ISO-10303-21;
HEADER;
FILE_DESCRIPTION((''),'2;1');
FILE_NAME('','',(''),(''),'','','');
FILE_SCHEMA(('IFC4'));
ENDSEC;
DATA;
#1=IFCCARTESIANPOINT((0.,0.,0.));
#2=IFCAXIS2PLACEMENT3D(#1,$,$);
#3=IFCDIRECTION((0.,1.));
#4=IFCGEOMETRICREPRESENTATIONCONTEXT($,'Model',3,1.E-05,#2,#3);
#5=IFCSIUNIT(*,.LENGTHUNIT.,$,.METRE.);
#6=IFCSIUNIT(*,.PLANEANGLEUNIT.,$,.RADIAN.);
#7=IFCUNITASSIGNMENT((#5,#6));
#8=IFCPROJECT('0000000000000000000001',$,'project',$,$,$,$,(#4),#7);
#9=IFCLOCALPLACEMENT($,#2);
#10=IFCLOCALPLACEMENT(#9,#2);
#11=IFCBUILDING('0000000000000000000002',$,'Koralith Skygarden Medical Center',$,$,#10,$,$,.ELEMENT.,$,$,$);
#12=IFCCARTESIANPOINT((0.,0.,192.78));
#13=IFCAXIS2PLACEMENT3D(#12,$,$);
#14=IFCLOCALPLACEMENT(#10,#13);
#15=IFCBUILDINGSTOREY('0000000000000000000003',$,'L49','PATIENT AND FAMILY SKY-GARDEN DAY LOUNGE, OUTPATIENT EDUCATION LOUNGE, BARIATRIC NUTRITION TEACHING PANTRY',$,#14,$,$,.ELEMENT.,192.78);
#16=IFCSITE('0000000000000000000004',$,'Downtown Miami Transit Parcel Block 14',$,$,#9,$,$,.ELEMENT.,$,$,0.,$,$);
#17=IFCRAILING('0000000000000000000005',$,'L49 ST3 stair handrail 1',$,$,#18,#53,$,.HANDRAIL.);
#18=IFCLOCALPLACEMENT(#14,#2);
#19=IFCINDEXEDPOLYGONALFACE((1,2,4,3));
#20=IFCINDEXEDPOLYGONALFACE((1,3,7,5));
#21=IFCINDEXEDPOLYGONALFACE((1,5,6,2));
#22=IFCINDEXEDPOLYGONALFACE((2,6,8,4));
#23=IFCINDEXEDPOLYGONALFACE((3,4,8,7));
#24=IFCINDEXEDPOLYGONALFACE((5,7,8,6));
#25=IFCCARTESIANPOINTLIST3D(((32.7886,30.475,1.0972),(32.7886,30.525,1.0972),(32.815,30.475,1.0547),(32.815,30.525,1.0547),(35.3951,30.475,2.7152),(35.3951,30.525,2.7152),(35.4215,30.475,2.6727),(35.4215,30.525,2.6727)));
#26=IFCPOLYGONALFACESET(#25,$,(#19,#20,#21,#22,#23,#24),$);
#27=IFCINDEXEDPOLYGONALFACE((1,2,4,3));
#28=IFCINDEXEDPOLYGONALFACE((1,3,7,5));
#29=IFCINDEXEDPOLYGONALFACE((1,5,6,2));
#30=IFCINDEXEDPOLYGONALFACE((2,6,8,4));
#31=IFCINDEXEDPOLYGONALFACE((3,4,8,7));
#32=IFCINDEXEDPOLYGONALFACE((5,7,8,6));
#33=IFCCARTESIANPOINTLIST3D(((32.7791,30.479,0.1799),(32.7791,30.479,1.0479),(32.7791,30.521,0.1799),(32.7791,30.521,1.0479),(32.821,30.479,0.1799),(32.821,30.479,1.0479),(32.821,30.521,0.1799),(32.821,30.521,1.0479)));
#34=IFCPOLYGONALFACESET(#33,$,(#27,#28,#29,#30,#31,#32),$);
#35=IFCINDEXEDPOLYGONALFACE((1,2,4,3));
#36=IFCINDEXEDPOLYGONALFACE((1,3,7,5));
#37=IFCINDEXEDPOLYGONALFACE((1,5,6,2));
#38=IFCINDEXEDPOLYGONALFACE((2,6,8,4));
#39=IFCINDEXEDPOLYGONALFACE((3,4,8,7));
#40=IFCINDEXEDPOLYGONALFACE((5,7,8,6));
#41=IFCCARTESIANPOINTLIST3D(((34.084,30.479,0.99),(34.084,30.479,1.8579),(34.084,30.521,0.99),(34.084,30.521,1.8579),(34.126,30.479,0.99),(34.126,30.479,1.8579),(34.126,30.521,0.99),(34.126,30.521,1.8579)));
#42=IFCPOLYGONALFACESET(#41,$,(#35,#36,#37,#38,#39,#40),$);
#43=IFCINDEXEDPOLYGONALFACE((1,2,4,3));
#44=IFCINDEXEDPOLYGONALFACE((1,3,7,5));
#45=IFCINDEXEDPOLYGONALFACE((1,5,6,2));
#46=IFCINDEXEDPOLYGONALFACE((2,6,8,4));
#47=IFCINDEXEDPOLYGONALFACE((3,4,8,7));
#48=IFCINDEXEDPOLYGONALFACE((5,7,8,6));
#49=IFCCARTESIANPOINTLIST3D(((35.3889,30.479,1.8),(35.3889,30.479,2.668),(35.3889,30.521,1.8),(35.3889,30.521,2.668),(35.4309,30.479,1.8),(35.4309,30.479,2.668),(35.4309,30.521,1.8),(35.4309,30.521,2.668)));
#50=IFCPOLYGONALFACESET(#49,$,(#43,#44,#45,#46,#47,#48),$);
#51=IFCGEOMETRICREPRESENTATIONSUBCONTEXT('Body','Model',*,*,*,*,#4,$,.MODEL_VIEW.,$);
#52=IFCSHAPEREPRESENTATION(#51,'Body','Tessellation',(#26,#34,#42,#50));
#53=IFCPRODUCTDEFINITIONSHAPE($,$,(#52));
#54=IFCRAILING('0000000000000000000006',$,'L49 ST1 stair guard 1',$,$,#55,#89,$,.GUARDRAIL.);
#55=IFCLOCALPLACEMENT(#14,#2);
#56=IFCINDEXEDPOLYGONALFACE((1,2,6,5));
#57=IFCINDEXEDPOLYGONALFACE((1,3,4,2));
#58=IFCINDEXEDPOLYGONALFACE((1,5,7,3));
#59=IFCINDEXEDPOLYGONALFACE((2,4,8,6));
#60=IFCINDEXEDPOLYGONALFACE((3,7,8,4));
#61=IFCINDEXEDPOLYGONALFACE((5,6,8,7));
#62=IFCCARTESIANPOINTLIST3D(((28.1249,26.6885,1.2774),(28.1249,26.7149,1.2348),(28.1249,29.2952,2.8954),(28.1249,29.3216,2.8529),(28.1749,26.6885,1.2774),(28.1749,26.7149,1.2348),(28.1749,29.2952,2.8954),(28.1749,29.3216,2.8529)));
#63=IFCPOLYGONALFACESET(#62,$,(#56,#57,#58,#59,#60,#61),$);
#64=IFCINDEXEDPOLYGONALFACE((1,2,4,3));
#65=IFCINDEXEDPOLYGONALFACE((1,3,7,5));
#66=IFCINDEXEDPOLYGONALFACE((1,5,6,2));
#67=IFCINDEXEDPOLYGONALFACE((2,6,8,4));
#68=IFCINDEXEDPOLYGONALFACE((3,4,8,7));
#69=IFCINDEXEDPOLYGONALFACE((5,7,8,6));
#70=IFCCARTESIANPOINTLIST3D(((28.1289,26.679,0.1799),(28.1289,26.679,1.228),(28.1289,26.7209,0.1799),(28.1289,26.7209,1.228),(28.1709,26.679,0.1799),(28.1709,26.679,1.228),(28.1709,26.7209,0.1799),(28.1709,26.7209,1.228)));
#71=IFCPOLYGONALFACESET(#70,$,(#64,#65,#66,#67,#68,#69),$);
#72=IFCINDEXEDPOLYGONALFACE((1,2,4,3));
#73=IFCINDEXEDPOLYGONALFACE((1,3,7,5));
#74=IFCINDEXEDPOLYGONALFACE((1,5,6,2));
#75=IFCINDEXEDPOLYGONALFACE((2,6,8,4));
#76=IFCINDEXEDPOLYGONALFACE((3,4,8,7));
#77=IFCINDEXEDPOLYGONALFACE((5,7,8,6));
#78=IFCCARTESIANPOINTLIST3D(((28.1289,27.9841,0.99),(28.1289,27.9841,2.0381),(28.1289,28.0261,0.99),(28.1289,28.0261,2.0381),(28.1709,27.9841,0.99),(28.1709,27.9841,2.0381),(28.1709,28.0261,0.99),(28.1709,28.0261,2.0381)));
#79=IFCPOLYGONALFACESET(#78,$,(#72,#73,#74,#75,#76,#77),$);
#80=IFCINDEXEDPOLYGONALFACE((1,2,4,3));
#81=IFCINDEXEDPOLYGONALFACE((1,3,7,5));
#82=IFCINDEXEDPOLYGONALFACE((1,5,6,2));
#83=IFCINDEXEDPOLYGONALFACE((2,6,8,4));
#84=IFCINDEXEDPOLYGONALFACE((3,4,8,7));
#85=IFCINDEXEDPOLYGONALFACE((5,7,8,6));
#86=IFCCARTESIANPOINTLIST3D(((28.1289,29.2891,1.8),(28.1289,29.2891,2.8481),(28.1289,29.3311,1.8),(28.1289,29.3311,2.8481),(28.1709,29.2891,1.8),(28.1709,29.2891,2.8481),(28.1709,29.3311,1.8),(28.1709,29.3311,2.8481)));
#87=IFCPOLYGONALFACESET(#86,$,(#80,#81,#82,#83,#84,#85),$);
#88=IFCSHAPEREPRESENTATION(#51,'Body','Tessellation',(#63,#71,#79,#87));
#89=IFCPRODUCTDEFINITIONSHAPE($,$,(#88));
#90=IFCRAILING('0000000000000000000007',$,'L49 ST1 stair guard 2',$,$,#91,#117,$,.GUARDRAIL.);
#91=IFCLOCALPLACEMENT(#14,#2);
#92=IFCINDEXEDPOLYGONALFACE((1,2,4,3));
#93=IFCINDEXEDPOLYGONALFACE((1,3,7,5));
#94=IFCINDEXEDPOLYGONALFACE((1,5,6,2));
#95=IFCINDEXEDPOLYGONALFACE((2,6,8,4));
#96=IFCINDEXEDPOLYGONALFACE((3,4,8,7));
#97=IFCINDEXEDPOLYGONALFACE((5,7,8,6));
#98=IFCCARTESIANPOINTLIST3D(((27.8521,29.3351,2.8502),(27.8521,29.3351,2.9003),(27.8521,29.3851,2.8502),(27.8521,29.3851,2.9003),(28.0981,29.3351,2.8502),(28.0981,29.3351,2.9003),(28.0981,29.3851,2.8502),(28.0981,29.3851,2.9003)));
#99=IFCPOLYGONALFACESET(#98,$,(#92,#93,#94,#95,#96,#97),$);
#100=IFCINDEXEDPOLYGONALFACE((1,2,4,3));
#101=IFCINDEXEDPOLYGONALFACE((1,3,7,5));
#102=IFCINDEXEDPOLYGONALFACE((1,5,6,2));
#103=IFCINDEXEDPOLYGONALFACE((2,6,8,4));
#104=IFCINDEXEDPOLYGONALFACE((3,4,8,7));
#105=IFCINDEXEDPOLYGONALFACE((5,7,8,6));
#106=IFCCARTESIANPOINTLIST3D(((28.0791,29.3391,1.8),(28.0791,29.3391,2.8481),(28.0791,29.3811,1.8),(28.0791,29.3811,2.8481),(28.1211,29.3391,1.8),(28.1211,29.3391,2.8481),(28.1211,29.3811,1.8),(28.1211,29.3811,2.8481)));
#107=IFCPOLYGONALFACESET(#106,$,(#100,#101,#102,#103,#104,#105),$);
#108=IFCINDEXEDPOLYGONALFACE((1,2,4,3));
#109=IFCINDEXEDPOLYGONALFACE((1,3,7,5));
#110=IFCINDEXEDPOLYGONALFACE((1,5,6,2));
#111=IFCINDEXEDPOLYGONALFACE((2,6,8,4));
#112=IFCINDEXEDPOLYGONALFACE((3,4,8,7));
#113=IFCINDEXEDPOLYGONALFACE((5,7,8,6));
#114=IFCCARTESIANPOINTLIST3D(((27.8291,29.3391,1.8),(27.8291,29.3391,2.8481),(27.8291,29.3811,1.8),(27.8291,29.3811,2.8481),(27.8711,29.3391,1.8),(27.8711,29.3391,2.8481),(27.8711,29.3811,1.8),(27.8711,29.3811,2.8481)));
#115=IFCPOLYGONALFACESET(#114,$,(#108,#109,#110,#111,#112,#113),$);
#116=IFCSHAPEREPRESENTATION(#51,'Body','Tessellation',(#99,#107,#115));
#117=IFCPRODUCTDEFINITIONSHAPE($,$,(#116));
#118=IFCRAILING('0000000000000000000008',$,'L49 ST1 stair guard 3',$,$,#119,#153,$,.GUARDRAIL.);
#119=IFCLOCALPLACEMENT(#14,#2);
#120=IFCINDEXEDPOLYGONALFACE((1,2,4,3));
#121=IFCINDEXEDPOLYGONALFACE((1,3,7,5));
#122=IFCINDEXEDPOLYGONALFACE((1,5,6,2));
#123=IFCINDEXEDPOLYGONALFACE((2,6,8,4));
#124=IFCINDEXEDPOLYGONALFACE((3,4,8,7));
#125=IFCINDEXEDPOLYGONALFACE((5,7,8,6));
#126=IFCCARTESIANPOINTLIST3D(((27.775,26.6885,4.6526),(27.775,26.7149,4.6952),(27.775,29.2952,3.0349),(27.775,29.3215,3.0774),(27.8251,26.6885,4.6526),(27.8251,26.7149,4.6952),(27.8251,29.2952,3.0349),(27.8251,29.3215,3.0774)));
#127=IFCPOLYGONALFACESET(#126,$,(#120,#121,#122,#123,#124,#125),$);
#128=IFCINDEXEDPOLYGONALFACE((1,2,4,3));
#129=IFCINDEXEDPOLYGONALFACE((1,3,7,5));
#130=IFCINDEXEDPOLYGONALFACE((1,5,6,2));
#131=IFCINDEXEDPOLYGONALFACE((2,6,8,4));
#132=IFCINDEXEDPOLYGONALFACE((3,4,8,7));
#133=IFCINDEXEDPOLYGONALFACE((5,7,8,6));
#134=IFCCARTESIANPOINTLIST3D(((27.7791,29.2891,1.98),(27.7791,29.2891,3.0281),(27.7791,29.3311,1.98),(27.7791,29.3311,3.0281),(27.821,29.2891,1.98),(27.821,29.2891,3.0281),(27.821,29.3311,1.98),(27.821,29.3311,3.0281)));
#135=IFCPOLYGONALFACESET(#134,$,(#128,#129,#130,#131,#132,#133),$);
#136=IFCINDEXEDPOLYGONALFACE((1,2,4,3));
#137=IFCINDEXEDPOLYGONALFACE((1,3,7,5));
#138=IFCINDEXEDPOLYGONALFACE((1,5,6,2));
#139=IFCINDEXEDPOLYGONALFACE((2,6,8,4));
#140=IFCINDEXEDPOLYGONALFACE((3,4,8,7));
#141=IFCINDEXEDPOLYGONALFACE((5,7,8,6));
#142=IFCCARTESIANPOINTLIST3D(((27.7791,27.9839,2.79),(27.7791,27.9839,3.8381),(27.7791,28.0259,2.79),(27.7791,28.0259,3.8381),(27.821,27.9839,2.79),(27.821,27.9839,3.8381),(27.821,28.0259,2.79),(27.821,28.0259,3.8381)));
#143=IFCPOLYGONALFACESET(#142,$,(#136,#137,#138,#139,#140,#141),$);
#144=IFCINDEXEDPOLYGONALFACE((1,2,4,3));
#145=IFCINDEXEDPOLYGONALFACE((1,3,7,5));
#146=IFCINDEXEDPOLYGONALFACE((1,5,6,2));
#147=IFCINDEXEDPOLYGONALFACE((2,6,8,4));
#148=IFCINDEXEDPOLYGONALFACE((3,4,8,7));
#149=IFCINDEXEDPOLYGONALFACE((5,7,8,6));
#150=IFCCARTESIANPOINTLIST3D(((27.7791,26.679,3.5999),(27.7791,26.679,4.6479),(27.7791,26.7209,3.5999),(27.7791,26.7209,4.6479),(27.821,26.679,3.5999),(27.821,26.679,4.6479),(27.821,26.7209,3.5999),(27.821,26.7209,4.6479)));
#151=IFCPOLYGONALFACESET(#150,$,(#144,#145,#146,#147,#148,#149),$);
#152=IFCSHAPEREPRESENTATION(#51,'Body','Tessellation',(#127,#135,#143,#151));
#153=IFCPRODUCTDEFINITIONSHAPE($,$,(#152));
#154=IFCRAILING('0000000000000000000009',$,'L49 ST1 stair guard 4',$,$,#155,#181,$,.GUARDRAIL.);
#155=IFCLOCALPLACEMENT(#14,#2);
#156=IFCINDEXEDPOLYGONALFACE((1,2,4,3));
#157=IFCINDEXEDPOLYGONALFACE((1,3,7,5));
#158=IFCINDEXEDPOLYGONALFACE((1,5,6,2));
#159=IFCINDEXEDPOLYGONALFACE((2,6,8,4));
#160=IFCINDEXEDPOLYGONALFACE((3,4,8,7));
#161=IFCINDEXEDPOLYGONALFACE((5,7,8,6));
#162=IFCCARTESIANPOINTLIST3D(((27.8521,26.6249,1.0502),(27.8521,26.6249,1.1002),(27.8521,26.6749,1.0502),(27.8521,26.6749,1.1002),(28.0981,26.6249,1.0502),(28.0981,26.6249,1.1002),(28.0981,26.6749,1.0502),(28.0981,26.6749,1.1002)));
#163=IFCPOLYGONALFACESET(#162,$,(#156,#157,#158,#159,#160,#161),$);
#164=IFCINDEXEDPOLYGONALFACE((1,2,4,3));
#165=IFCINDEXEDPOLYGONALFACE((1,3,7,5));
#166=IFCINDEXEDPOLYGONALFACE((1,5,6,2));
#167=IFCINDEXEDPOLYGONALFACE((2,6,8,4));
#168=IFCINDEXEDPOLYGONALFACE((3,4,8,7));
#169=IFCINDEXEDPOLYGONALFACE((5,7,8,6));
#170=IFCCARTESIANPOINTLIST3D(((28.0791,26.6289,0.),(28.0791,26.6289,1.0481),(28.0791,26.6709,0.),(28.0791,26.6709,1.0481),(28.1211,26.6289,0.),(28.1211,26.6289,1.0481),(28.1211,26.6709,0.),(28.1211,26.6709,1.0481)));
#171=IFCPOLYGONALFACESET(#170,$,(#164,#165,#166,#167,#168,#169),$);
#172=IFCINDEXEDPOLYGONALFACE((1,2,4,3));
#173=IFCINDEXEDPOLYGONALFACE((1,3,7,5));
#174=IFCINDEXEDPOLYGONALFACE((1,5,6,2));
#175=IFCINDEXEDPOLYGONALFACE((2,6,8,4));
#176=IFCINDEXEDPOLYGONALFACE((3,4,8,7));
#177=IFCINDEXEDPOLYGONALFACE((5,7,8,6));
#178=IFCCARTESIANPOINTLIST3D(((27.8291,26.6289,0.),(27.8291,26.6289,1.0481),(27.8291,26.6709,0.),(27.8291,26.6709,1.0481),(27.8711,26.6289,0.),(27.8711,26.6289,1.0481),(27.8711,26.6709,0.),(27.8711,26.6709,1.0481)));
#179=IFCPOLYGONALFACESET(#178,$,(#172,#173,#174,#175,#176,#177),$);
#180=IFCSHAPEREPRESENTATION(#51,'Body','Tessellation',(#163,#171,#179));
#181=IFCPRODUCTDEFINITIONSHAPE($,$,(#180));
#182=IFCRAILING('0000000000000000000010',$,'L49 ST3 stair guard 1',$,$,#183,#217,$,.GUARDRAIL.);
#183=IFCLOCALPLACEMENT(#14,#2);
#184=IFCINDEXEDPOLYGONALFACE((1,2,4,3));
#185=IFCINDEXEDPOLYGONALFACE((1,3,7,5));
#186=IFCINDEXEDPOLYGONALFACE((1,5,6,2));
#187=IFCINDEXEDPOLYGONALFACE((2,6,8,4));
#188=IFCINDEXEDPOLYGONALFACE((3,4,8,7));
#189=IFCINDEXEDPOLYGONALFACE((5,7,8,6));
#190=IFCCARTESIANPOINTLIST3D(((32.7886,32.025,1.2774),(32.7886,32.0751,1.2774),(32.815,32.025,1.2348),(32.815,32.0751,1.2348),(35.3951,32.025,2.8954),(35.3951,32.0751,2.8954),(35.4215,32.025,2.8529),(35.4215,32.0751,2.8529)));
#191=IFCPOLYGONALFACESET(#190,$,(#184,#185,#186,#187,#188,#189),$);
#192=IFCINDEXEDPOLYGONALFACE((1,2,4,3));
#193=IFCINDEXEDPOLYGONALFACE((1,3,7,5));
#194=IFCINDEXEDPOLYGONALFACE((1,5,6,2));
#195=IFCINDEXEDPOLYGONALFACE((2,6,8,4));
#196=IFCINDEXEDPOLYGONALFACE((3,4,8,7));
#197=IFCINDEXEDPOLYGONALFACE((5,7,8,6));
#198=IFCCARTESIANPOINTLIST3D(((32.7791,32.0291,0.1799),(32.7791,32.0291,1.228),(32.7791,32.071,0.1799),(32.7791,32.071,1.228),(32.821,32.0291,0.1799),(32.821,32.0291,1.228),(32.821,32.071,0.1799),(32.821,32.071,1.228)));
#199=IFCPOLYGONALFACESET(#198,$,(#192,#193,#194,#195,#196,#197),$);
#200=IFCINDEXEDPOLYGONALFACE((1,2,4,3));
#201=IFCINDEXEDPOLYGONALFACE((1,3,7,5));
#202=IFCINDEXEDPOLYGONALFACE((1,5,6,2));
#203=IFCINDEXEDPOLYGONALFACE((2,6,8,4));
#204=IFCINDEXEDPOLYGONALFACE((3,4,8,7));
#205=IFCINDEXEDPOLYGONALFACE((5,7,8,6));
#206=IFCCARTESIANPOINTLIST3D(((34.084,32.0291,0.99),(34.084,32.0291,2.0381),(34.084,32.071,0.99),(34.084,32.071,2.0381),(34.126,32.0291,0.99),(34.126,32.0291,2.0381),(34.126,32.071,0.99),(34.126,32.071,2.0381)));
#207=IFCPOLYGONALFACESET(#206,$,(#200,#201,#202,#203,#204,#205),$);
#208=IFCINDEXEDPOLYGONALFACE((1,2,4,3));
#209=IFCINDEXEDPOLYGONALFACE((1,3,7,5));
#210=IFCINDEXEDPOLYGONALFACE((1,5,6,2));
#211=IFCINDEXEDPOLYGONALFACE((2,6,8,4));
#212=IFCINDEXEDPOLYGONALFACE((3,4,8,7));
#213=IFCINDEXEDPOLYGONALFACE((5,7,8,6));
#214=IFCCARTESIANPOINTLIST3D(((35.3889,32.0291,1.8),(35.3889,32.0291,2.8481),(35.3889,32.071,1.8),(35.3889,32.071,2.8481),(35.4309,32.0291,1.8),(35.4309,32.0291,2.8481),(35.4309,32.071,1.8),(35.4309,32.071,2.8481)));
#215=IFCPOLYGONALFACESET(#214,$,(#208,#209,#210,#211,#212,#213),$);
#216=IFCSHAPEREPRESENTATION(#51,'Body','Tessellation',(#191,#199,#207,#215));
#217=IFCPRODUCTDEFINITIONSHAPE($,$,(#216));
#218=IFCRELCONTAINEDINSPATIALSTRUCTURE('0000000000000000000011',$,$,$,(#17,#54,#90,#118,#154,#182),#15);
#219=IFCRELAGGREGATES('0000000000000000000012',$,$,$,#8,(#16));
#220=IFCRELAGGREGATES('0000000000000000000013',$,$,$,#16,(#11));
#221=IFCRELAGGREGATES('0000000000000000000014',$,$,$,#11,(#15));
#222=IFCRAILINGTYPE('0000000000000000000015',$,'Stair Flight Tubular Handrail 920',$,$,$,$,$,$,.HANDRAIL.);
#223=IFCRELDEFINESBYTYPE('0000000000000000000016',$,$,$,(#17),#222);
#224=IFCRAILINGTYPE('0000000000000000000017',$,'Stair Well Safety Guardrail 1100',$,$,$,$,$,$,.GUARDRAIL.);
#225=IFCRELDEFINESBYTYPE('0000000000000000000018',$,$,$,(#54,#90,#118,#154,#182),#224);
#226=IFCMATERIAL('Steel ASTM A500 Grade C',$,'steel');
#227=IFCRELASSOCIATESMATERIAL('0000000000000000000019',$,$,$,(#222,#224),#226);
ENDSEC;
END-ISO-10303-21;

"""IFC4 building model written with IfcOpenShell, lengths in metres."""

from ifc_helpers import new_model, si_unit, direction, frame, origin, origin_2d, place, context, subcontext, project, spatial, rectangle, extrude, material, type_object, element, save


model = new_model("IFC4")

# Units and contexts
model_context = context("Model", 3, precision=1e-05, world=origin(), true_north=direction((0.0, 1.0)))
body_context = subcontext(model_context, "Body", "Model", "MODEL_VIEW")
ifc_project = project(units=[si_unit("LENGTHUNIT", "METRE"), si_unit("PLANEANGLEUNIT", "RADIAN")], contexts=[model_context])

# Site, building, storey
site_placement = place(None, origin())
site = spatial("IfcSite", under=ifc_project, at=site_placement, Name="Downtown Miami Transit Parcel Block 14", CompositionType="ELEMENT", RefElevation=0.0)
building_placement = place(site_placement, origin())
building = spatial("IfcBuilding", under=site, at=building_placement, Name="Koralith Skygarden Medical Center", CompositionType="ELEMENT")
storey_placement = place(building_placement, frame((0.0, 0.0, 192.78)))
storey = spatial("IfcBuildingStorey", under=building, at=storey_placement, Name="L49", Description="PATIENT AND FAMILY SKY-GARDEN DAY LOUNGE, OUTPATIENT EDUCATION LOUNGE, BARIATRIC NUTRITION TEACHING PANTRY", CompositionType="ELEMENT", Elevation=192.78)

# Railings
ifc_material_1 = material(Name="Steel ASTM A500 Grade C", Category="steel")
railing_type_1 = type_object("IfcRailingType", Name="Stair Flight Tubular Handrail 920", PredefinedType="HANDRAIL", material=ifc_material_1)
railing_1_placement = place(storey_placement, frame((32.8, 30.5, 0.1799)))
element("IfcRailing", 1, at=railing_1_placement, inside=storey, type_object=railing_type_1, Name="L49 ST3 stair handrail 1", PredefinedType="HANDRAIL", context=body_context, shape_type="SweptSolid", body=[
    extrude(rectangle(XDim=0.05, YDim=0.05, at=origin_2d()), frame((0.0017, 0.0, 0.896), z_axis=(0.849611, 0.0, 0.52741), x_axis=(0.0, 1.0, 0.0)), (0.0, 0.0, 1.0), 3.0679),
    extrude(rectangle(XDim=0.042, YDim=0.042, at=origin_2d()), origin(), (0.0, 0.0, 1.0), 0.8679),
    extrude(rectangle(XDim=0.042, YDim=0.042, at=origin_2d()), frame((1.3049, 0.0, 0.8101)), (0.0, 0.0, 1.0), 0.8679),
    extrude(rectangle(XDim=0.042, YDim=0.042, at=origin_2d()), frame((2.6099, 0.0, 1.6201)), (0.0, 0.0, 1.0), 0.8679),
])
railing_type_2 = type_object("IfcRailingType", Name="Stair Well Safety Guardrail 1100", PredefinedType="GUARDRAIL", material=ifc_material_1)
railing_2_placement = place(storey_placement, frame((28.1499, 26.7, 0.1799)))
element("IfcRailing", 2, at=railing_2_placement, inside=storey, type_object=railing_type_2, Name="L49 ST1 stair guard 1", PredefinedType="GUARDRAIL", context=body_context, shape_type="SweptSolid", body=[
    extrude(rectangle(XDim=0.05, YDim=0.05, at=origin_2d()), frame((0.0, 0.0017, 1.0762), z_axis=(0.0, 0.849633, 0.527375), x_axis=(-1.0, 0.0, 0.0)), (0.0, 0.0, 1.0), 3.0681),
    extrude(rectangle(XDim=0.042, YDim=0.042, at=origin_2d()), origin(), (0.0, 0.0, 1.0), 1.0481),
    extrude(rectangle(XDim=0.042, YDim=0.042, at=origin_2d()), frame((0.0, 1.3052, 0.8101)), (0.0, 0.0, 1.0), 1.0481),
    extrude(rectangle(XDim=0.042, YDim=0.042, at=origin_2d()), frame((0.0, 2.6101, 1.6201)), (0.0, 0.0, 1.0), 1.0481),
])
railing_3_placement = place(storey_placement, frame((28.1001, 29.3601, 1.8)))
element("IfcRailing", 3, at=railing_3_placement, inside=storey, type_object=railing_type_2, Name="L49 ST1 stair guard 2", PredefinedType="GUARDRAIL", context=body_context, shape_type="SweptSolid", body=[
    extrude(rectangle(XDim=0.05, YDim=0.05, at=origin_2d()), frame((-0.002, 0.0, 1.0752), z_axis=(-1.0, 0.0, 0.0), x_axis=(0.0, -1.0, 0.0)), (0.0, 0.0, 1.0), 0.2461),
    extrude(rectangle(XDim=0.042, YDim=0.042, at=origin_2d()), origin(), (0.0, 0.0, 1.0), 1.0481),
    extrude(rectangle(XDim=0.042, YDim=0.042, at=origin_2d()), frame((-0.25, 0.0, 0.0)), (0.0, 0.0, 1.0), 1.0481),
])
railing_4_placement = place(storey_placement, frame((27.8, 29.3101, 1.98)))
element("IfcRailing", 4, at=railing_4_placement, inside=storey, type_object=railing_type_2, Name="L49 ST1 stair guard 3", PredefinedType="GUARDRAIL", context=body_context, shape_type="SweptSolid", body=[
    extrude(rectangle(XDim=0.05, YDim=0.05, at=origin_2d()), frame((0.0, -0.0017, 1.0762), z_axis=(0.0, -0.849668, 0.527317), x_axis=(1.0, 0.0, 0.0)), (0.0, 0.0, 1.0), 3.0679),
    extrude(rectangle(XDim=0.042, YDim=0.042, at=origin_2d()), origin(), (0.0, 0.0, 1.0), 1.0481),
    extrude(rectangle(XDim=0.042, YDim=0.042, at=origin_2d()), frame((0.0, -1.3052, 0.8101)), (0.0, 0.0, 1.0), 1.0481),
    extrude(rectangle(XDim=0.042, YDim=0.042, at=origin_2d()), frame((0.0, -2.6101, 1.6199)), (0.0, 0.0, 1.0), 1.0481),
])
railing_5_placement = place(storey_placement, frame((28.1001, 26.6499, 0.0)))
element("IfcRailing", 5, at=railing_5_placement, inside=storey, type_object=railing_type_2, Name="L49 ST1 stair guard 4", PredefinedType="GUARDRAIL", context=body_context, shape_type="SweptSolid", body=[
    extrude(rectangle(XDim=0.05, YDim=0.05, at=origin_2d()), frame((-0.002, 0.0, 1.0752), z_axis=(-1.0, 0.0, 0.0), x_axis=(0.0, -1.0, 0.0)), (0.0, 0.0, 1.0), 0.2461),
    extrude(rectangle(XDim=0.042, YDim=0.042, at=origin_2d()), origin(), (0.0, 0.0, 1.0), 1.0481),
    extrude(rectangle(XDim=0.042, YDim=0.042, at=origin_2d()), frame((-0.25, 0.0, 0.0)), (0.0, 0.0, 1.0), 1.0481),
])
railing_6_placement = place(storey_placement, frame((32.8, 32.05, 0.1799)))
element("IfcRailing", 6, at=railing_6_placement, inside=storey, type_object=railing_type_2, Name="L49 ST3 stair guard 1", PredefinedType="GUARDRAIL", context=body_context, shape_type="SweptSolid", body=[
    extrude(rectangle(XDim=0.05, YDim=0.05, at=origin_2d()), frame((0.0017, 0.0, 1.0762), z_axis=(0.849611, 0.0, 0.52741), x_axis=(0.0, 1.0, 0.0)), (0.0, 0.0, 1.0), 3.0679),
    extrude(rectangle(XDim=0.042, YDim=0.042, at=origin_2d()), origin(), (0.0, 0.0, 1.0), 1.0481),
    extrude(rectangle(XDim=0.042, YDim=0.042, at=origin_2d()), frame((1.3049, 0.0, 0.8101)), (0.0, 0.0, 1.0), 1.0481),
    extrude(rectangle(XDim=0.042, YDim=0.042, at=origin_2d()), frame((2.6099, 0.0, 1.6201)), (0.0, 0.0, 1.0), 1.0481),
])

save(model, "model.ifc")
